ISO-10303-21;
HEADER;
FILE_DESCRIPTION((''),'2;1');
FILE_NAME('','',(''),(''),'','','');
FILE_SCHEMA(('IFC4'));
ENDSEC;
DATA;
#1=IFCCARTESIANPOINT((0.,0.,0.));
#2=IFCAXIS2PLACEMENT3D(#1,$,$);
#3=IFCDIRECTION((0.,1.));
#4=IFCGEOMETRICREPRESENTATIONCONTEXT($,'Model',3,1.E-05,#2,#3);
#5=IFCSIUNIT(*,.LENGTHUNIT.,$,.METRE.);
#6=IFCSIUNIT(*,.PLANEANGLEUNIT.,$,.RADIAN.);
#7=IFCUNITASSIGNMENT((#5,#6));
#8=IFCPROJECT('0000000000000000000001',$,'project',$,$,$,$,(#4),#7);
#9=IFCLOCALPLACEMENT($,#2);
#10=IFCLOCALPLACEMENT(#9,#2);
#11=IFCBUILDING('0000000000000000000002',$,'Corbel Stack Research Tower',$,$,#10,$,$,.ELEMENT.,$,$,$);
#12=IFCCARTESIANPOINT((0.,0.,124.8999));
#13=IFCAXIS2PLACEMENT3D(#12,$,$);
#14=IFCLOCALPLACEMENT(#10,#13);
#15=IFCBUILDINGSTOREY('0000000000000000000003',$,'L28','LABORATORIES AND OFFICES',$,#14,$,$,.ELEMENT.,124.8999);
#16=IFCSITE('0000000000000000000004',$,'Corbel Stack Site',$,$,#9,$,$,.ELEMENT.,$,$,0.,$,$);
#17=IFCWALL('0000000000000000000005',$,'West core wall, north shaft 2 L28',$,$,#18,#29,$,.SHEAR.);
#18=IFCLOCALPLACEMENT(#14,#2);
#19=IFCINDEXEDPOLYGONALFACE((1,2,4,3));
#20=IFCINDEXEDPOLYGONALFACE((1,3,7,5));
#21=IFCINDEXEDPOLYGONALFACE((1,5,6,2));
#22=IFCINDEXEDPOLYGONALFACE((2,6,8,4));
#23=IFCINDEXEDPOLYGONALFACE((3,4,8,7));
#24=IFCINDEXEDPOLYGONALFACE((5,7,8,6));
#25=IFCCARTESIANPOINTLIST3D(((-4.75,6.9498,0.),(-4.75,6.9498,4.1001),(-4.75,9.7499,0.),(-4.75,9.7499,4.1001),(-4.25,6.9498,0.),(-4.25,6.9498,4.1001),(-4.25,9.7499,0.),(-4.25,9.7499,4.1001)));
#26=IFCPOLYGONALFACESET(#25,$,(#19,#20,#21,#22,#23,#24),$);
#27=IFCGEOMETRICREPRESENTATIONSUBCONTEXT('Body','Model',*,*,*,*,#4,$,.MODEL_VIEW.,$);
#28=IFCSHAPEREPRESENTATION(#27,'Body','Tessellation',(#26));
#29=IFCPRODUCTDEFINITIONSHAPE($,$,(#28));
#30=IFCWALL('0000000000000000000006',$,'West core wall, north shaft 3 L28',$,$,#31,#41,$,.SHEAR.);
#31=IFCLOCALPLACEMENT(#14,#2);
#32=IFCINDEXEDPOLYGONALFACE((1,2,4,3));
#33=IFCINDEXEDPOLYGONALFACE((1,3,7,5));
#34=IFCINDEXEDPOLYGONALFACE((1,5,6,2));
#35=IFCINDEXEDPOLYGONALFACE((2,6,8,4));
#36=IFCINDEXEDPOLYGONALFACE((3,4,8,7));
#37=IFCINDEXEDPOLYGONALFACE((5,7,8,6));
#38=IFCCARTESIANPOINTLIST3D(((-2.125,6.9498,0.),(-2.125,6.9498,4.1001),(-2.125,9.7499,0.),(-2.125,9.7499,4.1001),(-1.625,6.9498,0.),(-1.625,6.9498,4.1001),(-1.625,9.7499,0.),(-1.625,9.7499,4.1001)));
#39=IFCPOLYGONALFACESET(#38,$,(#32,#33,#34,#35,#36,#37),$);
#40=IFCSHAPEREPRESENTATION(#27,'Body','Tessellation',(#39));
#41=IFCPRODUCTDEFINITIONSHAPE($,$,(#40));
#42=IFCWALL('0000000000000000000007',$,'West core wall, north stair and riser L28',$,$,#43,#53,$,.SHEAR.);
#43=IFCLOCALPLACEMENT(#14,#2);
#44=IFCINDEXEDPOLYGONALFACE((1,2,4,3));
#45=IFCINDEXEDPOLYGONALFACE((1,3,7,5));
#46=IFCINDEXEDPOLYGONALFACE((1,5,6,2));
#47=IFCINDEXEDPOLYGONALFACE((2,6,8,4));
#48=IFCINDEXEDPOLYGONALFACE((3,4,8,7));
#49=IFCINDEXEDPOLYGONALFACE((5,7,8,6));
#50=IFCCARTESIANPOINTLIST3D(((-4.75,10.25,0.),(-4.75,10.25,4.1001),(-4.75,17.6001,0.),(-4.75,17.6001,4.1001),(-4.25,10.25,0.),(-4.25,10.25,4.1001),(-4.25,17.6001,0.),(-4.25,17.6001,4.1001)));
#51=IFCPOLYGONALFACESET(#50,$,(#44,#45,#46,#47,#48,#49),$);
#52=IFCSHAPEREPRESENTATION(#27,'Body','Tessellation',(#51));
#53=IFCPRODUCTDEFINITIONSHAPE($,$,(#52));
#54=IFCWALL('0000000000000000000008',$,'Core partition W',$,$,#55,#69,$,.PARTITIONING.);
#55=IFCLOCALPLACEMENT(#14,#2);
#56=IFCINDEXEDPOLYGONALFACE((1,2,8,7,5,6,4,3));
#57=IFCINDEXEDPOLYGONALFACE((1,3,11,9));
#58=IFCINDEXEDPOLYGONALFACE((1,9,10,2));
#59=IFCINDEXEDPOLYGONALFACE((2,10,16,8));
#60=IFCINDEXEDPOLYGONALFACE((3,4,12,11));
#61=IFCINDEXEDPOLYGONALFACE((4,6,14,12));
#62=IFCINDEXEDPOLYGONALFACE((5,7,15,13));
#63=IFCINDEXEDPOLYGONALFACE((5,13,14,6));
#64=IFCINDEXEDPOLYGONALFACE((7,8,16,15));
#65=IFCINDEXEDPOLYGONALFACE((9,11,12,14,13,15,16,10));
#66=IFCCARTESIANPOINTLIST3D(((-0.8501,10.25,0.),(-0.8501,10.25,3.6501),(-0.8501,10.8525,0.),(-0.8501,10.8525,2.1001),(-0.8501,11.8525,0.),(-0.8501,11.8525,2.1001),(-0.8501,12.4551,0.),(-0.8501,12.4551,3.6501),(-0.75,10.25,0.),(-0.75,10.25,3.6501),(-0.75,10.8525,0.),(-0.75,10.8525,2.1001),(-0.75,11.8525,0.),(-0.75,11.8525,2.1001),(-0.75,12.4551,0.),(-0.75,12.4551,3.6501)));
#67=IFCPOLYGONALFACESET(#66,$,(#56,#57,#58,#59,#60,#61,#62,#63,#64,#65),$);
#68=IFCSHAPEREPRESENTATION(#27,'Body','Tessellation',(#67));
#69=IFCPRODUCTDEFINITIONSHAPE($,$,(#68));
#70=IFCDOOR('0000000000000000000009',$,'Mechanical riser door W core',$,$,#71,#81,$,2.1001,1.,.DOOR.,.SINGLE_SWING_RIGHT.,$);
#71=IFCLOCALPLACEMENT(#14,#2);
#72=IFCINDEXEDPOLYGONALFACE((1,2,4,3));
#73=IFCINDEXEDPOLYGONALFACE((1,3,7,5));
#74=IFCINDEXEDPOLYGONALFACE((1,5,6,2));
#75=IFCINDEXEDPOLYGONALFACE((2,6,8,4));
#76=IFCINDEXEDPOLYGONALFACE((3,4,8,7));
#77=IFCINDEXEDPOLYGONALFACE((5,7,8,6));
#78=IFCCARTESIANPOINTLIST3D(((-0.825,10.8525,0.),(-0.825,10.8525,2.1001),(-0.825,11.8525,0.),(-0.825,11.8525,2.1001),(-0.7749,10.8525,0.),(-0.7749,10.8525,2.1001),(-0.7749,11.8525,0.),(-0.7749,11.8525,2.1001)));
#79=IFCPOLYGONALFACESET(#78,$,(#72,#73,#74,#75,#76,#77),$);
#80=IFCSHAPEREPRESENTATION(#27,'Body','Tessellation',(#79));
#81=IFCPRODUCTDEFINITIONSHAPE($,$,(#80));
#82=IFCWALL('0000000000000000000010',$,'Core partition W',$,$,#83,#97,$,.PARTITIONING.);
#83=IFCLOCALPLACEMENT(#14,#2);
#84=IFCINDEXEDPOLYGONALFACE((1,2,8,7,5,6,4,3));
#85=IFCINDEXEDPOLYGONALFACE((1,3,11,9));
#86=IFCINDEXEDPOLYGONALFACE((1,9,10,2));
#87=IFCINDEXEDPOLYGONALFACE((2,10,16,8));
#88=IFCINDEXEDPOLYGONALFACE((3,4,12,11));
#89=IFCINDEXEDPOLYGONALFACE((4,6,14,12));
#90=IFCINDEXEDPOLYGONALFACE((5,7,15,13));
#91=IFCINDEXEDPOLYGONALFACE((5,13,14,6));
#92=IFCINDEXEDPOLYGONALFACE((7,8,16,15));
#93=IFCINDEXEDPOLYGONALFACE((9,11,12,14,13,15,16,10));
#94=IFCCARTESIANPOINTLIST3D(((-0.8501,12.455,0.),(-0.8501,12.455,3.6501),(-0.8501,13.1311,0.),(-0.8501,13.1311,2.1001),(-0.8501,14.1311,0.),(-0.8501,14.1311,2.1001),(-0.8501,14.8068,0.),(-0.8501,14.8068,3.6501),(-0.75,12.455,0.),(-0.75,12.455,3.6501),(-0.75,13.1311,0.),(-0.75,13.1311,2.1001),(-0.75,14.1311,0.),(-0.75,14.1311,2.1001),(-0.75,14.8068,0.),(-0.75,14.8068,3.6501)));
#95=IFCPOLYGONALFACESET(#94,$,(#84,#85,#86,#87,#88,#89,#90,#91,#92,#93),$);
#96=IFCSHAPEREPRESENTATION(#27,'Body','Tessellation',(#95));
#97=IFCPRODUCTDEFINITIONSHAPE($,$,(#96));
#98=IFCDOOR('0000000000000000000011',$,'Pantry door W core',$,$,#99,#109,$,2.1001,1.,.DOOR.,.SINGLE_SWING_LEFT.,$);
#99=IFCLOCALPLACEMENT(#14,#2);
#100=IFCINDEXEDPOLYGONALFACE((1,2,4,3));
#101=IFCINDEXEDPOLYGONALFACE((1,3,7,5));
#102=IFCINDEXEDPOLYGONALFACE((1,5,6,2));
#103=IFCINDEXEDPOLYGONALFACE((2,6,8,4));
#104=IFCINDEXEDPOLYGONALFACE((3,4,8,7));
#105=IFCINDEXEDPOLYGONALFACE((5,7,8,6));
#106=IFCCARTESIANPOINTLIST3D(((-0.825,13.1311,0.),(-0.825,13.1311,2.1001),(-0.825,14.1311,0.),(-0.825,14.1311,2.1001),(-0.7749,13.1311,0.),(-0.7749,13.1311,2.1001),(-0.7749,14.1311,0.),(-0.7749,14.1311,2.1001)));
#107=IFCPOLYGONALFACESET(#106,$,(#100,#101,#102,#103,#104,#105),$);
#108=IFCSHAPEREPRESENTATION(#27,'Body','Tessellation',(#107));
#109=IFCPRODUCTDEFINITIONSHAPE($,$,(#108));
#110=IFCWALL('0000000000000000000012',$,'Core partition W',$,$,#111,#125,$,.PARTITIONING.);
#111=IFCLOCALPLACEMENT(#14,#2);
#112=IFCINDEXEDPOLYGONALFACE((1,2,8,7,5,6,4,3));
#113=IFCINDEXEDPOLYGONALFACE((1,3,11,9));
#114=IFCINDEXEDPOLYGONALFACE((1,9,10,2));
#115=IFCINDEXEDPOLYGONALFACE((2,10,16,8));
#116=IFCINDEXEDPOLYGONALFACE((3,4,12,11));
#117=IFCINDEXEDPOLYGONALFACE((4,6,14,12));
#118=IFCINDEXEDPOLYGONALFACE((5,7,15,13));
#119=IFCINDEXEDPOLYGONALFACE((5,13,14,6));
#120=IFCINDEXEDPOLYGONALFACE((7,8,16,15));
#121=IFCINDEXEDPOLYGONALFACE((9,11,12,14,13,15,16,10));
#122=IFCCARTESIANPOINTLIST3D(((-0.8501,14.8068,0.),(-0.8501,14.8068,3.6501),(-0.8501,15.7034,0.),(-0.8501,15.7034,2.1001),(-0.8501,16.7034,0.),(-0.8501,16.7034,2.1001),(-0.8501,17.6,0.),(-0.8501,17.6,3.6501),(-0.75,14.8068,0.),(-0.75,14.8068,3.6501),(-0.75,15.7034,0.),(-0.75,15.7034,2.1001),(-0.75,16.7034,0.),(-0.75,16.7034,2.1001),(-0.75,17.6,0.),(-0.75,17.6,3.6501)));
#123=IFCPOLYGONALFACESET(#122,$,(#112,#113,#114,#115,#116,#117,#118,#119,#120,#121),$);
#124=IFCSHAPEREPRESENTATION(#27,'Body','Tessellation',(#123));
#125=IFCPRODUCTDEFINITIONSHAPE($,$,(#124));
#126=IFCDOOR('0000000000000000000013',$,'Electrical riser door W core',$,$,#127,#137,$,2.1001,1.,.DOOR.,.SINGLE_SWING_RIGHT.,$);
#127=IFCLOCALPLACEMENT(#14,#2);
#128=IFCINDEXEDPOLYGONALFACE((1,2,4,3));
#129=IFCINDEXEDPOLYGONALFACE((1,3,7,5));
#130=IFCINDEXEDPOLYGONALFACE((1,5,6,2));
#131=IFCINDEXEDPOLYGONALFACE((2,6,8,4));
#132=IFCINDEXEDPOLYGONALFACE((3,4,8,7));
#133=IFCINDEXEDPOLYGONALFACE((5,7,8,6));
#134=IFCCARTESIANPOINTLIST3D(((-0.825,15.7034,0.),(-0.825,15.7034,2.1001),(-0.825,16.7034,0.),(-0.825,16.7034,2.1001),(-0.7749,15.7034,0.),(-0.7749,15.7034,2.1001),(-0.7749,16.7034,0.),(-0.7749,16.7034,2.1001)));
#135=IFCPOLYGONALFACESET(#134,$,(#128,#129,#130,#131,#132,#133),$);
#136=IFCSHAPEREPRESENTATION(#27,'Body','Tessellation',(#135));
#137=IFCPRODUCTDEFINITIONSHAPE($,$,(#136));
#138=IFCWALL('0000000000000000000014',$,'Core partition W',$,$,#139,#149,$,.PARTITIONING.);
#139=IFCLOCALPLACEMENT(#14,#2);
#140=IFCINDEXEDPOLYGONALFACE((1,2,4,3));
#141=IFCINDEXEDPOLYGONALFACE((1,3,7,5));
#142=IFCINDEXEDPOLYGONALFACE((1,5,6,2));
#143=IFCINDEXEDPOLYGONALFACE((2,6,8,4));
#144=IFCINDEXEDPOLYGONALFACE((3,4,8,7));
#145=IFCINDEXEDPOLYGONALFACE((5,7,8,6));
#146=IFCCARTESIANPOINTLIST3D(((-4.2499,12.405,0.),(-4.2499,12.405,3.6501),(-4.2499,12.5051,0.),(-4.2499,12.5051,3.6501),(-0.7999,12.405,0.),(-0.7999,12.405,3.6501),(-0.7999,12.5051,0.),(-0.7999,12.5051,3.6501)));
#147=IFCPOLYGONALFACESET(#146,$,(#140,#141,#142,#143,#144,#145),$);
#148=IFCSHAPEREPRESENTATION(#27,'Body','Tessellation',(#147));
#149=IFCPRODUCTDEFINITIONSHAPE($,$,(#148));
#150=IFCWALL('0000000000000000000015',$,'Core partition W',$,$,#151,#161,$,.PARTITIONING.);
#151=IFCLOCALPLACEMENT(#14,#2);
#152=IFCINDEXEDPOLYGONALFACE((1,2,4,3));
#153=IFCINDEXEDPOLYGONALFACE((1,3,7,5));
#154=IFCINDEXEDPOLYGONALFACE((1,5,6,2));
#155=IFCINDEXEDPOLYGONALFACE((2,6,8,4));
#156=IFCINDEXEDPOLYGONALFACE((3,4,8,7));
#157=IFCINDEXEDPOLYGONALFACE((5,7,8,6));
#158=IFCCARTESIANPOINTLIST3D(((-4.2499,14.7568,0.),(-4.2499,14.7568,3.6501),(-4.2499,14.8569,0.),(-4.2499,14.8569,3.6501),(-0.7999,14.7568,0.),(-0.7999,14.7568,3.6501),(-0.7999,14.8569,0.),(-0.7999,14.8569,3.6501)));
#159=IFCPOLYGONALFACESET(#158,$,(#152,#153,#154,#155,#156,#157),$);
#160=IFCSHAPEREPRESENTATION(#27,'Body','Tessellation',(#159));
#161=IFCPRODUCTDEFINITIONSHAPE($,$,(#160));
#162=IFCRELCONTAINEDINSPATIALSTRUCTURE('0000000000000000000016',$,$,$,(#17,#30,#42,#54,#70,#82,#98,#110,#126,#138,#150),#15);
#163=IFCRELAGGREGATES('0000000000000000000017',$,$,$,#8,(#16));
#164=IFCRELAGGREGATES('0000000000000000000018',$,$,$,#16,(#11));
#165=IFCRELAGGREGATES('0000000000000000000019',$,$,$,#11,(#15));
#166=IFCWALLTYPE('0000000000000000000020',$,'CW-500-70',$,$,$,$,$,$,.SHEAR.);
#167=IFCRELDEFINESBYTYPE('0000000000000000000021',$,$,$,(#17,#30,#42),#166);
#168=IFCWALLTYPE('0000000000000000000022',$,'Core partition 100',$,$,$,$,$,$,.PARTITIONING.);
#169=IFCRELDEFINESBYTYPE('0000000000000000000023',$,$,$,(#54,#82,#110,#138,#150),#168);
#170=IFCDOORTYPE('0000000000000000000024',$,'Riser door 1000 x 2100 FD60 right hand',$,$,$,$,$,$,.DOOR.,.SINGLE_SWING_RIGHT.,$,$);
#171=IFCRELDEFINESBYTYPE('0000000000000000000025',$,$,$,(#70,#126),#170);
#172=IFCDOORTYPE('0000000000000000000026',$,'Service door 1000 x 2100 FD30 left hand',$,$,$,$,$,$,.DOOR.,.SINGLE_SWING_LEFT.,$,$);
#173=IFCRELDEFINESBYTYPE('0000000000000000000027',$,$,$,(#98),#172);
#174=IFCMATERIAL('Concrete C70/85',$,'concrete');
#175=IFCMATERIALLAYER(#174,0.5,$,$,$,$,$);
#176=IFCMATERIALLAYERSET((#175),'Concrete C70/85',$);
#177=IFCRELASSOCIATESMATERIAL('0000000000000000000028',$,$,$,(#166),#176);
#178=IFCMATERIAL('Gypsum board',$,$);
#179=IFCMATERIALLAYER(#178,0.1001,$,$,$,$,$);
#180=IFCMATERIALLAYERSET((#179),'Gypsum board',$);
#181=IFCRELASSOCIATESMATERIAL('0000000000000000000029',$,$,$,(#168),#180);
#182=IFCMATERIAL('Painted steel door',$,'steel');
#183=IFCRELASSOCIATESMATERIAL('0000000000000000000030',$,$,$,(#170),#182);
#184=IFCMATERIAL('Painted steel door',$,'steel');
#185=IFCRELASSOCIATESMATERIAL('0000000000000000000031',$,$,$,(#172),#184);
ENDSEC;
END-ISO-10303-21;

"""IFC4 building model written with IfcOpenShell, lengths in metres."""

from ifc_helpers import new_model, si_unit, direction, frame, frame_2d, origin, place, context, subcontext, project, spatial, rectangle, extrude, material, layer, layer_set, type_object, element, fill, save


model = new_model("IFC4")

# Units and contexts
model_context = context("Model", 3, precision=1e-05, world=origin(), true_north=direction((0.0, 1.0)))
body_context = subcontext(model_context, "Body", "Model", "MODEL_VIEW")
ifc_project = project(units=[si_unit("LENGTHUNIT", "METRE"), si_unit("PLANEANGLEUNIT", "RADIAN")], contexts=[model_context])

# Site, building, storey
site_placement = place(None, origin())
site = spatial("IfcSite", under=ifc_project, at=site_placement, Name="Corbel Stack Site", CompositionType="ELEMENT", RefElevation=0.0)
building_placement = place(site_placement, origin())
building = spatial("IfcBuilding", under=site, at=building_placement, Name="Corbel Stack Research Tower", CompositionType="ELEMENT")
storey_placement = place(building_placement, frame((0.0, 0.0, 124.8999)))
storey = spatial("IfcBuildingStorey", under=building, at=storey_placement, Name="L28", Description="LABORATORIES AND OFFICES", CompositionType="ELEMENT", Elevation=124.8999)

# Walls
ifc_material_1 = material(Name="Concrete C70/85", Category="concrete")
ifc_layer_1 = layer(ifc_material_1, 0.5)
ifc_layer_set_1 = layer_set([ifc_layer_1], Name="Concrete C70/85")
wall_type_1 = type_object("IfcWallType", Name="CW-500-70", PredefinedType="SHEAR", material=ifc_layer_set_1)
for number, where, z_axis, x_axis, name in (
    (1, (-4.5, 6.95, 0.0), (0.0, 0.0, 1.0), (0.0, 1.0, 0.0), "West core wall, north shaft 2 L28"),
    (2, (-1.875, 6.95, 0.0), (0.0, 0.0, 1.0), (0.0, 1.0, 0.0), "West core wall, north shaft 3 L28"),
):
    element("IfcWall", number, at=place(storey_placement, frame(where, z_axis=z_axis, x_axis=x_axis)), inside=storey, type_object=wall_type_1, Name=name, PredefinedType="SHEAR", context=body_context, shape_type="SweptSolid", body=[
        extrude(rectangle(XDim=2.8, YDim=0.5, at=frame_2d((1.3999, 0.0))), origin(), (0.0, 0.0, 1.0), 4.1001),
    ])
wall_1_placement = place(storey_placement, frame((-4.5, 10.25, 0.0), z_axis=(0.0, 0.0, 1.0), x_axis=(0.0, 1.0, 0.0)))
element("IfcWall", 3, at=wall_1_placement, inside=storey, type_object=wall_type_1, Name="West core wall, north stair and riser L28", PredefinedType="SHEAR", context=body_context, shape_type="SweptSolid", body=[
    extrude(rectangle(XDim=7.3501, YDim=0.5, at=frame_2d((3.675, 0.0))), origin(), (0.0, 0.0, 1.0), 4.1001),
])

# Walls, openings, doors
ifc_material_2 = material(Name="Gypsum board")
ifc_layer_2 = layer(ifc_material_2, 0.1001)
ifc_layer_set_2 = layer_set([ifc_layer_2], Name="Gypsum board")
wall_type_2 = type_object("IfcWallType", Name="Core partition 100", PredefinedType="PARTITIONING", material=ifc_layer_set_2)
wall_2_placement = place(storey_placement, frame((-0.8, 10.25, 0.0), z_axis=(0.0, 0.0, 1.0), x_axis=(0.0, 1.0, 0.0)))
wall_2 = element("IfcWall", 4, at=wall_2_placement, inside=storey, type_object=wall_type_2, Name="Core partition W", PredefinedType="PARTITIONING", context=body_context, shape_type="SweptSolid", body=[
    extrude(rectangle(XDim=2.2051, YDim=0.1001, at=frame_2d((1.1025, 0.0))), origin(), (0.0, 0.0, 1.0), 3.6501),
])
opening_1_placement = place(wall_2_placement, frame((0.6025, 0.0, 0.0)))
opening_1 = element("IfcOpeningElement", 5, at=opening_1_placement, cuts=wall_2, PredefinedType="OPENING", context=body_context, shape_type="SweptSolid", body=[
    extrude(rectangle(XDim=1.0, YDim=2.1001, at=frame_2d((0.5, 1.05))), frame((0.0, 0.0601, 0.0), z_axis=(0.0, -1.0, 0.0), x_axis=(1.0, 0.0, 0.0)), (0.0, 0.0, 1.0), 0.1201),
])
ifc_material_3 = material(Name="Painted steel door", Category="steel")
door_type_1 = type_object("IfcDoorType", Name="Riser door 1000 x 2100 FD60 right hand", OperationType="SINGLE_SWING_RIGHT", PredefinedType="DOOR", material=ifc_material_3)
door_1_placement = place(opening_1_placement, origin())
door_1 = element("IfcDoor", 6, at=door_1_placement, inside=storey, type_object=door_type_1, Name="Mechanical riser door W core", OperationType="SINGLE_SWING_RIGHT", OverallHeight=2.1001, OverallWidth=1.0, PredefinedType="DOOR", context=body_context, shape_type="SweptSolid", body=[
    extrude(rectangle(XDim=1.0, YDim=2.1001, at=frame_2d((0.5, 1.05))), frame((0.0, 0.0249, 0.0), z_axis=(0.0, -1.0, 0.0), x_axis=(1.0, 0.0, 0.0)), (0.0, 0.0, 1.0), 0.05),
])
fill(opening_1, door_1)
wall_3_placement = place(storey_placement, frame((-0.8, 12.4551, 0.0), z_axis=(0.0, 0.0, 1.0), x_axis=(0.0, 1.0, 0.0)))
wall_3 = element("IfcWall", 7, at=wall_3_placement, inside=storey, type_object=wall_type_2, Name="Core partition W", PredefinedType="PARTITIONING", context=body_context, shape_type="SweptSolid", body=[
    extrude(rectangle(XDim=2.3518, YDim=0.1001, at=frame_2d((1.1758, 0.0))), origin(), (0.0, 0.0, 1.0), 3.6501),
])
opening_2_placement = place(wall_3_placement, frame((0.676, 0.0, 0.0)))
opening_2 = element("IfcOpeningElement", 8, at=opening_2_placement, cuts=wall_3, PredefinedType="OPENING", context=body_context, shape_type="SweptSolid", body=[
    extrude(rectangle(XDim=1.0, YDim=2.1001, at=frame_2d((0.5, 1.05))), frame((0.0, 0.0601, 0.0), z_axis=(0.0, -1.0, 0.0), x_axis=(1.0, 0.0, 0.0)), (0.0, 0.0, 1.0), 0.1201),
])
ifc_material_4 = material(Name="Painted steel door", Category="steel")
door_type_2 = type_object("IfcDoorType", Name="Service door 1000 x 2100 FD30 left hand", OperationType="SINGLE_SWING_LEFT", PredefinedType="DOOR", material=ifc_material_4)
door_2_placement = place(opening_2_placement, origin())
door_2 = element("IfcDoor", 9, at=door_2_placement, inside=storey, type_object=door_type_2, Name="Pantry door W core", OperationType="SINGLE_SWING_LEFT", OverallHeight=2.1001, OverallWidth=1.0, PredefinedType="DOOR", context=body_context, shape_type="SweptSolid", body=[
    extrude(rectangle(XDim=1.0, YDim=2.1001, at=frame_2d((0.5, 1.05))), frame((0.0, 0.0249, 0.0), z_axis=(0.0, -1.0, 0.0), x_axis=(1.0, 0.0, 0.0)), (0.0, 0.0, 1.0), 0.05),
])
fill(opening_2, door_2)
wall_4_placement = place(storey_placement, frame((-0.8, 14.8069, 0.0), z_axis=(0.0, 0.0, 1.0), x_axis=(0.0, 1.0, 0.0)))
wall_4 = element("IfcWall", 10, at=wall_4_placement, inside=storey, type_object=wall_type_2, Name="Core partition W", PredefinedType="PARTITIONING", context=body_context, shape_type="SweptSolid", body=[
    extrude(rectangle(XDim=2.7932, YDim=0.1001, at=frame_2d((1.3965, 0.0))), origin(), (0.0, 0.0, 1.0), 3.6501),
])
opening_3_placement = place(wall_4_placement, frame((0.8965, 0.0, 0.0)))
opening_3 = element("IfcOpeningElement", 11, at=opening_3_placement, cuts=wall_4, PredefinedType="OPENING", context=body_context, shape_type="SweptSolid", body=[
    extrude(rectangle(XDim=1.0, YDim=2.1001, at=frame_2d((0.5, 1.05))), frame((0.0, 0.0601, 0.0), z_axis=(0.0, -1.0, 0.0), x_axis=(1.0, 0.0, 0.0)), (0.0, 0.0, 1.0), 0.1201),
])
door_3_placement = place(opening_3_placement, origin())
door_3 = element("IfcDoor", 12, at=door_3_placement, inside=storey, type_object=door_type_1, Name="Electrical riser door W core", OperationType="SINGLE_SWING_RIGHT", OverallHeight=2.1001, OverallWidth=1.0, PredefinedType="DOOR", context=body_context, shape_type="SweptSolid", body=[
    extrude(rectangle(XDim=1.0, YDim=2.1001, at=frame_2d((0.5, 1.05))), frame((0.0, 0.0249, 0.0), z_axis=(0.0, -1.0, 0.0), x_axis=(1.0, 0.0, 0.0)), (0.0, 0.0, 1.0), 0.05),
])
fill(opening_3, door_3)

# Walls
for number, where, z_axis, x_axis, name in (
    (13, (-4.25, 12.4551, 0.0), (0.0, 0.0, 1.0), (1.0, 0.0, 0.0), "Core partition W"),
    (14, (-4.25, 14.8069, 0.0), (0.0, 0.0, 1.0), (1.0, 0.0, 0.0), "Core partition W"),
):
    element("IfcWall", number, at=place(storey_placement, frame(where, z_axis=z_axis, x_axis=x_axis)), inside=storey, type_object=wall_type_2, Name=name, PredefinedType="PARTITIONING", context=body_context, shape_type="SweptSolid", body=[
        extrude(rectangle(XDim=3.45, YDim=0.1001, at=frame_2d((1.7251, 0.0))), origin(), (0.0, 0.0, 1.0), 3.6501),
    ])

save(model, "model.ifc")
